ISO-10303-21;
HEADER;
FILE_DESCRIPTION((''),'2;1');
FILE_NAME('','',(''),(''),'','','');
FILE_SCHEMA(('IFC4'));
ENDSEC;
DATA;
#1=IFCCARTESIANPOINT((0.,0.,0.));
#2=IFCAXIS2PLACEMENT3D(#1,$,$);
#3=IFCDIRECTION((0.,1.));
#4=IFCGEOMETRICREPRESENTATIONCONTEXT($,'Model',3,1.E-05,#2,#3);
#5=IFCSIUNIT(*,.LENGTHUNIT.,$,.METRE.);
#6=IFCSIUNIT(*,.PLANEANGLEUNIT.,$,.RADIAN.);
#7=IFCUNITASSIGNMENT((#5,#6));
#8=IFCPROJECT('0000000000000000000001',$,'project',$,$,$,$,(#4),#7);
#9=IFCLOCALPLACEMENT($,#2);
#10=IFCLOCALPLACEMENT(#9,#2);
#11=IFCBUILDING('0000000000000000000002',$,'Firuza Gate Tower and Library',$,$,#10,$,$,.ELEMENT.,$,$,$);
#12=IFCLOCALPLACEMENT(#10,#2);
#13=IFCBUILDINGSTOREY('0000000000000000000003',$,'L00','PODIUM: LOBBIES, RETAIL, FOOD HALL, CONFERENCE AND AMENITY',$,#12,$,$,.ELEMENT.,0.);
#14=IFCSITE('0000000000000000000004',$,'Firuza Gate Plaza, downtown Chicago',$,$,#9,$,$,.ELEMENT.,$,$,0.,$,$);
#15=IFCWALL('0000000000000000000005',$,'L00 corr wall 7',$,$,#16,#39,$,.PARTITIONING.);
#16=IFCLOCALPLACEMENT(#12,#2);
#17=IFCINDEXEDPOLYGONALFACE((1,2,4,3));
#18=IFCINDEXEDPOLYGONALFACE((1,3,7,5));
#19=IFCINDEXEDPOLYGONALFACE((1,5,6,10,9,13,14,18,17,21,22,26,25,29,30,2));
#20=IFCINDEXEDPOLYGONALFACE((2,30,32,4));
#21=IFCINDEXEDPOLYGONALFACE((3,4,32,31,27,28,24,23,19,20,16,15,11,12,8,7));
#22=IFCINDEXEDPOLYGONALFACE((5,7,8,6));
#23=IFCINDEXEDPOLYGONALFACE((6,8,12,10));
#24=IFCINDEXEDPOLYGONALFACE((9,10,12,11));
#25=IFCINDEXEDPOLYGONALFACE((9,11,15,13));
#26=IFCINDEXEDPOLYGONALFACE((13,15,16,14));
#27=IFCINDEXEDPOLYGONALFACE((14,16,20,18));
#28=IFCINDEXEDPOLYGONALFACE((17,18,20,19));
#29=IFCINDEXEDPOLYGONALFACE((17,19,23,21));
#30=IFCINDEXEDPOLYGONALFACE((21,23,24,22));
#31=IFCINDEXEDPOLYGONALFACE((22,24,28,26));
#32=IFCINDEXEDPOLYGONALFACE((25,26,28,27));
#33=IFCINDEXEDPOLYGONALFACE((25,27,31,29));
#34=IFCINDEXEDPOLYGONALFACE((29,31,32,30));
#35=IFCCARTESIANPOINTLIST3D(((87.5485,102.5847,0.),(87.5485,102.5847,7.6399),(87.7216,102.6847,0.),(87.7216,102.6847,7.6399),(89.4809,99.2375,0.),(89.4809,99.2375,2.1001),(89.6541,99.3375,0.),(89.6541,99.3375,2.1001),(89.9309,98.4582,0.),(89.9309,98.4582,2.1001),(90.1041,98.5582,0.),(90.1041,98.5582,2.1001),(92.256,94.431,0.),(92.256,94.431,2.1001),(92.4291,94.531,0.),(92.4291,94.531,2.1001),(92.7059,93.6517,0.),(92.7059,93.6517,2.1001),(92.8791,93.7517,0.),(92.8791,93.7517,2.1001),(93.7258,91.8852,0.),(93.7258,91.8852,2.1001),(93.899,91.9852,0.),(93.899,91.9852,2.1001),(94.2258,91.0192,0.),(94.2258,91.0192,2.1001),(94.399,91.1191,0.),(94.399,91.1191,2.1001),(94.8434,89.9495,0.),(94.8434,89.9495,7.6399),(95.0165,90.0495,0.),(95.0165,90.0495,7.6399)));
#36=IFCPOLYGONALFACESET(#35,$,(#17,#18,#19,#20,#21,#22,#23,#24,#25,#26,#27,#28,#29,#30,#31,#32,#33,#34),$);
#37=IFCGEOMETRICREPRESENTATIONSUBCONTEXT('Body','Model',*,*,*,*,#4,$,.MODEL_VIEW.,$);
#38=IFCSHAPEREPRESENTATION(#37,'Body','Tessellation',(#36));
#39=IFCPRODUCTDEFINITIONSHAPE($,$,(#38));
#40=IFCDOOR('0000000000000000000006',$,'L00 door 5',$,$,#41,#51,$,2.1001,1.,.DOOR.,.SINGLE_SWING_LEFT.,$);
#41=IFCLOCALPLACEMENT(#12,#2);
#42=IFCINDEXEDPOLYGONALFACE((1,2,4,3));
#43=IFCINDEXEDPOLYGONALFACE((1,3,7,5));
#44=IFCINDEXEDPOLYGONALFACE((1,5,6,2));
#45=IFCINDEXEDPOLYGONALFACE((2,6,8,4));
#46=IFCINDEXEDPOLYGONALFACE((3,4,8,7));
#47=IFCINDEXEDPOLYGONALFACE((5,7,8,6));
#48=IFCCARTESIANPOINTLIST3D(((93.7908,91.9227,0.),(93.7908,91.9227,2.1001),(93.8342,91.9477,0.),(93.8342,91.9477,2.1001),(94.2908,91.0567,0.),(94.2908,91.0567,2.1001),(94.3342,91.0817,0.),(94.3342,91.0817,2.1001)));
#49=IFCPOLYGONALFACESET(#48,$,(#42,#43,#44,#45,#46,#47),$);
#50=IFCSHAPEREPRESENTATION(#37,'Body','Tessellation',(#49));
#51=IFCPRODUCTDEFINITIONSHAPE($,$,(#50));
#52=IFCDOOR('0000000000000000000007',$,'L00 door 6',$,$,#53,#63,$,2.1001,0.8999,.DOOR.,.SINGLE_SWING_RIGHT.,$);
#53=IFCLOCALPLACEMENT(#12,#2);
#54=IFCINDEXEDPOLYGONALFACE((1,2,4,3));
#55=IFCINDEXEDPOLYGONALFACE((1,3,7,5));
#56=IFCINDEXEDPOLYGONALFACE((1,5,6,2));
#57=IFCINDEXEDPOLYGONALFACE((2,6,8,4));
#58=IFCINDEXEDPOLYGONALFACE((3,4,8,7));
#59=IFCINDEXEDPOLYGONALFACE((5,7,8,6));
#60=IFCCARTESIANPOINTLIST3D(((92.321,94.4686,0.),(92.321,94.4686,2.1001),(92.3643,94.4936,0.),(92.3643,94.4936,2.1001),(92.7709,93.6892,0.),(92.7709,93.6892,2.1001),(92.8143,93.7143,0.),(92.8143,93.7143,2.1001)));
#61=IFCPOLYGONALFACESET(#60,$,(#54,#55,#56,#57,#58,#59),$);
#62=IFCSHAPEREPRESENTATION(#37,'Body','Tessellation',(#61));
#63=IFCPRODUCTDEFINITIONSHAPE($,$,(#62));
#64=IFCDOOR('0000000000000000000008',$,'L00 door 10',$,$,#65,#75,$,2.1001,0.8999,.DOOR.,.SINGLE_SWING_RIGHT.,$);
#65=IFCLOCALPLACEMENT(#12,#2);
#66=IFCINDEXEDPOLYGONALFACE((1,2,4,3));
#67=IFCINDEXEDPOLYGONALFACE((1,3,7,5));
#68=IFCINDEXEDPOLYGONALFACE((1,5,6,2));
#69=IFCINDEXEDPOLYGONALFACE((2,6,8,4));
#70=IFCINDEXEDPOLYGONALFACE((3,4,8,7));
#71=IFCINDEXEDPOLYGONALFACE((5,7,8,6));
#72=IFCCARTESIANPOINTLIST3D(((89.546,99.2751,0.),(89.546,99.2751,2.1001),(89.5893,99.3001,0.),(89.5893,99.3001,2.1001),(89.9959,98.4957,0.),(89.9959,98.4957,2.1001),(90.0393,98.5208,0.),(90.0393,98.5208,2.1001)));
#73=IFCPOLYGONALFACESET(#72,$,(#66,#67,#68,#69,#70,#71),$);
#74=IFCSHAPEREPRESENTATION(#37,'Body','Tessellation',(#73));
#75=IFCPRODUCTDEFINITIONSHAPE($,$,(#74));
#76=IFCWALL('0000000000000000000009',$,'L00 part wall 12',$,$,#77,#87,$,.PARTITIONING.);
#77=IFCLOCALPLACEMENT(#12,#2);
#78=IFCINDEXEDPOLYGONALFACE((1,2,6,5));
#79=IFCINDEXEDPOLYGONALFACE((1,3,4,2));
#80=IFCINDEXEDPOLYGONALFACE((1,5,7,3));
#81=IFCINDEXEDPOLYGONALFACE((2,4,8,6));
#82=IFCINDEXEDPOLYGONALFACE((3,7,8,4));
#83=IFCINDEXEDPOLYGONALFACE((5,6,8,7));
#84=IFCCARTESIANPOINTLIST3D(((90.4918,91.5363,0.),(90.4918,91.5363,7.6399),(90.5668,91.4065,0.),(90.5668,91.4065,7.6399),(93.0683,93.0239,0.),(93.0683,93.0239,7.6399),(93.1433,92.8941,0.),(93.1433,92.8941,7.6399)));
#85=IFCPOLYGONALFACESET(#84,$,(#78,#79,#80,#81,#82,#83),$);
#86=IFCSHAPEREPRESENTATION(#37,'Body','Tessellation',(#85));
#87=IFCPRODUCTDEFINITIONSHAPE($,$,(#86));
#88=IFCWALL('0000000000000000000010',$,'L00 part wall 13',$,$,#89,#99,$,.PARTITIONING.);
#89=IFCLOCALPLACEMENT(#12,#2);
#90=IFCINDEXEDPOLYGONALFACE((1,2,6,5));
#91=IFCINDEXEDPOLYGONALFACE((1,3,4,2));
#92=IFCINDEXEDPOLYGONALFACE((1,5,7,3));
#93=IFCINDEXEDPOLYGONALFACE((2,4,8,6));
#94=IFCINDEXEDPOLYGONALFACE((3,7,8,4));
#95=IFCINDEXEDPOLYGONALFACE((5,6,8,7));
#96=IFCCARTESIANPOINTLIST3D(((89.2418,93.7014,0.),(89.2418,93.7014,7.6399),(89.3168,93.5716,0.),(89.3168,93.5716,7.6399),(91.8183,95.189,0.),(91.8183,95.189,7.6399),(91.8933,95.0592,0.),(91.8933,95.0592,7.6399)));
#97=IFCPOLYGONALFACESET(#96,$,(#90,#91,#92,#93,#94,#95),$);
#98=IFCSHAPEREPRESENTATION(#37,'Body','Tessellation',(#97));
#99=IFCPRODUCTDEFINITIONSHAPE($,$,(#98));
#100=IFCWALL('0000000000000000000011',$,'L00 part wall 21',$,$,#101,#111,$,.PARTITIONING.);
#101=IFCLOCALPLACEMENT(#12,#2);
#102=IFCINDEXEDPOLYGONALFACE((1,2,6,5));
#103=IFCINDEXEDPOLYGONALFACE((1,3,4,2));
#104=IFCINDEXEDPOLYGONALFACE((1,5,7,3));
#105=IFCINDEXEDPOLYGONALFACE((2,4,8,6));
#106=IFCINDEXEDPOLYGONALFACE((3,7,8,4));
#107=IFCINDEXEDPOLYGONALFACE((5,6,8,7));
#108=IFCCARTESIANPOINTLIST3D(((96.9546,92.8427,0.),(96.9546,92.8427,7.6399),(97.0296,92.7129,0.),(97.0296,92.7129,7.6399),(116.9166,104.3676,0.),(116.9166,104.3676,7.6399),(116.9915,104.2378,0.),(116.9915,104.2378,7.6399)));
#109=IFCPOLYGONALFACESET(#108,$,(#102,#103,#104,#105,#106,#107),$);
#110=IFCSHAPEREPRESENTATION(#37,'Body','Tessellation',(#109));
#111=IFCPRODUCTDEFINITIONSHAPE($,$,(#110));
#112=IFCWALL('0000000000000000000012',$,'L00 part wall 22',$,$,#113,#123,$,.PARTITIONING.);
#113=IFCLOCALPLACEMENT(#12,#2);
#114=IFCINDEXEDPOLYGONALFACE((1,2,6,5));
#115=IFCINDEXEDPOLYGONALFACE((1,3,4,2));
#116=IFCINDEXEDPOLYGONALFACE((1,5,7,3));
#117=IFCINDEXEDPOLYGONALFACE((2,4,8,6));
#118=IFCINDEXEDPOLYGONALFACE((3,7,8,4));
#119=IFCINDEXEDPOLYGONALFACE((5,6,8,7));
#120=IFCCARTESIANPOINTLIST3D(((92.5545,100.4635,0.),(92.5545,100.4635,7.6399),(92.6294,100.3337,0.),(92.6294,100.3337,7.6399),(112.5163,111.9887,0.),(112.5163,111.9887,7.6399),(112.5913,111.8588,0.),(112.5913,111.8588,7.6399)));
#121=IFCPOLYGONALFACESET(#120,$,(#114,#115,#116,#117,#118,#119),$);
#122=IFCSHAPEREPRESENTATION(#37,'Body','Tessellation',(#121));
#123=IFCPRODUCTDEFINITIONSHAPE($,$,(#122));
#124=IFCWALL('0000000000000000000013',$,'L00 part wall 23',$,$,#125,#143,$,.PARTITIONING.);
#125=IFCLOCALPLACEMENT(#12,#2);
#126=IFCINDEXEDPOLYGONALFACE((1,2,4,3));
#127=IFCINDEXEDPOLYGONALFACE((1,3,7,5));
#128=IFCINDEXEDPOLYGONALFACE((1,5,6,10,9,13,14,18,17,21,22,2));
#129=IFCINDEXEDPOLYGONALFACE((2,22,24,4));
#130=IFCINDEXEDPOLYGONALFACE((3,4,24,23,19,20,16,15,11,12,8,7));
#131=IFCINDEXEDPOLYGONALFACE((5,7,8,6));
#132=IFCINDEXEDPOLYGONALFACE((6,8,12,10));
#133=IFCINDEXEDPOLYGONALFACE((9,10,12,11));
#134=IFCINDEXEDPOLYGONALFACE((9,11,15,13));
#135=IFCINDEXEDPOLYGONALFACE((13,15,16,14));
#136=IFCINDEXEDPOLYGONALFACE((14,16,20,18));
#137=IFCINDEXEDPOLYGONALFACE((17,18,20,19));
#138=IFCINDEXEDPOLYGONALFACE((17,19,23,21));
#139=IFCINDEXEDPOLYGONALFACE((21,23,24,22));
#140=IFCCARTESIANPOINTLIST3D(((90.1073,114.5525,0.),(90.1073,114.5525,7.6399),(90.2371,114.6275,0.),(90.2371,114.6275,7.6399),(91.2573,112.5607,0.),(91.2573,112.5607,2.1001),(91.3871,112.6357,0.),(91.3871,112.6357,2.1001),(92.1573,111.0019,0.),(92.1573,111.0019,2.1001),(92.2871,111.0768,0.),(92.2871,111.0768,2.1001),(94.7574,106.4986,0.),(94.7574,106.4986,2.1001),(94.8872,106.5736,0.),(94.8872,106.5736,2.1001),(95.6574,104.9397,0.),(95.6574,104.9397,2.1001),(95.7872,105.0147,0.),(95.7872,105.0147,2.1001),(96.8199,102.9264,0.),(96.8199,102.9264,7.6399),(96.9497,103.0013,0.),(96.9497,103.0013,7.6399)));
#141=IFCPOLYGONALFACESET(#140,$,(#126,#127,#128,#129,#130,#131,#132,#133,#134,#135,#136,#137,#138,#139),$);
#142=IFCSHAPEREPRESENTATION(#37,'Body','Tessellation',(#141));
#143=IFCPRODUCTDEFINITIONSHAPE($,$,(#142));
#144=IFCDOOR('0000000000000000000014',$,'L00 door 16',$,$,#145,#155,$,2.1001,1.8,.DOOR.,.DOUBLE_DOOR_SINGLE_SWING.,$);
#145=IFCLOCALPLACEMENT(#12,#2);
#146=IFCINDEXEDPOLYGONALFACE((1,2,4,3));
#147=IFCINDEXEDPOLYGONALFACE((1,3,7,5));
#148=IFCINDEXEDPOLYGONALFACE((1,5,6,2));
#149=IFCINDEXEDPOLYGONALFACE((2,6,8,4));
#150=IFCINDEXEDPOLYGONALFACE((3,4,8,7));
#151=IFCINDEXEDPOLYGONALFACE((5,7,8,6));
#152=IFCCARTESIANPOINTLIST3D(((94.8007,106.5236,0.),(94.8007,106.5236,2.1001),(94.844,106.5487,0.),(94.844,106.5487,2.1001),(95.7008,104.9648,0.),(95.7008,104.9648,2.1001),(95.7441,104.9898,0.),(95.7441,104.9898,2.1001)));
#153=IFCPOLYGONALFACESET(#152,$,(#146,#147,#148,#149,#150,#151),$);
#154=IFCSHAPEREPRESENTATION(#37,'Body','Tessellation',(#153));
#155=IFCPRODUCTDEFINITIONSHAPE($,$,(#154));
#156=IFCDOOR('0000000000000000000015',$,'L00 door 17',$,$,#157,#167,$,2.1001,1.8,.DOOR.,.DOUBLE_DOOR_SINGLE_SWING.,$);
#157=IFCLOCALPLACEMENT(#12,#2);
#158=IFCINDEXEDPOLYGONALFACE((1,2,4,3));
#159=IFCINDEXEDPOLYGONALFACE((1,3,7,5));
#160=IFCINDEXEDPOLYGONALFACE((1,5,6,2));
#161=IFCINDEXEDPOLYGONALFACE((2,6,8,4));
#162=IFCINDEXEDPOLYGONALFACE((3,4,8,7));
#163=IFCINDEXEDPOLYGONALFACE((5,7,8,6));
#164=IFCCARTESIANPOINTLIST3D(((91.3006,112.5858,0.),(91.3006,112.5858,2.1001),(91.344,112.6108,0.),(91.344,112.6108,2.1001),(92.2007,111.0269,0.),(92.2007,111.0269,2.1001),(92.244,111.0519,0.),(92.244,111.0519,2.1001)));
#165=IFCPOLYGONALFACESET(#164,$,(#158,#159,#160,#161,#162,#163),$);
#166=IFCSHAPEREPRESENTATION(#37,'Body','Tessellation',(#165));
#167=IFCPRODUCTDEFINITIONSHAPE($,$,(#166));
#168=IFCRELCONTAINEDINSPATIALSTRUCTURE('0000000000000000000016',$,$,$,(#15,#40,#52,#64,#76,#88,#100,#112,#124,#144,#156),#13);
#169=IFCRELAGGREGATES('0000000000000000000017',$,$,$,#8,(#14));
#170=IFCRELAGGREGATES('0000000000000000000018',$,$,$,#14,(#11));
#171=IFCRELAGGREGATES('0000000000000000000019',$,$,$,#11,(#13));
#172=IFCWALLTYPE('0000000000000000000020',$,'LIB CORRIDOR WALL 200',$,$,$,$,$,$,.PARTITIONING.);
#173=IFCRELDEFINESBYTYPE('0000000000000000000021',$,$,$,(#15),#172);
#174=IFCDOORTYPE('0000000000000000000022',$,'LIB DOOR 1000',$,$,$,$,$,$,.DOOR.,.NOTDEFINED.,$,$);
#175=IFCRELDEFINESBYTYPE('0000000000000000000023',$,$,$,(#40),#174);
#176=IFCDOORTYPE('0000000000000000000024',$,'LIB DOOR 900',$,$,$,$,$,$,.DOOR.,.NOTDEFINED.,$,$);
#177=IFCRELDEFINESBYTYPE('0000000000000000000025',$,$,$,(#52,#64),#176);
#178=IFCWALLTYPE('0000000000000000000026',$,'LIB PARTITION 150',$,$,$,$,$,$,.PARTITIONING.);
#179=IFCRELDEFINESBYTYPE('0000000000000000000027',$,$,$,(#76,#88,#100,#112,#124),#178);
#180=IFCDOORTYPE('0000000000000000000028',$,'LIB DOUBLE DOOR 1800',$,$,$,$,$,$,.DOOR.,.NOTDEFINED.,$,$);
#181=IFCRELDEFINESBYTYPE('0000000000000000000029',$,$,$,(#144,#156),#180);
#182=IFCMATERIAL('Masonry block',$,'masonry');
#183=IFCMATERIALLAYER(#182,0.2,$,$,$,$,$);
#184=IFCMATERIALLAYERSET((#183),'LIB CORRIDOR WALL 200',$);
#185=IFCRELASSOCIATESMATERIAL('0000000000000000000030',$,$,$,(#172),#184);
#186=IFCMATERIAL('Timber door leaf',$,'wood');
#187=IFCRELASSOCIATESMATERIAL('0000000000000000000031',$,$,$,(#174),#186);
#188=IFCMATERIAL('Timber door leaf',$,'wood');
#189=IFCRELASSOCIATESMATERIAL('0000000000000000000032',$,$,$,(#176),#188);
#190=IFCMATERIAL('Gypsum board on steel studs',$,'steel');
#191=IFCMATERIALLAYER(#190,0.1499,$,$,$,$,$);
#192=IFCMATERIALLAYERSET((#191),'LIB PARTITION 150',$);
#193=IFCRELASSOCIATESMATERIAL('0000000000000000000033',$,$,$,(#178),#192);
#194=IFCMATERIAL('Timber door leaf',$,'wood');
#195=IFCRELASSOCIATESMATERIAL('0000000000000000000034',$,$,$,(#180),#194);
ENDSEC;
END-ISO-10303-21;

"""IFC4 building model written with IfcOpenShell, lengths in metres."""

from ifc_helpers import new_model, si_unit, direction, frame, frame_2d, origin, place, context, subcontext, project, spatial, rectangle, extrude, material, layer, layer_set, type_object, element, fill, save


model = new_model("IFC4")

# Units and contexts
model_context = context("Model", 3, precision=1e-05, world=origin(), true_north=direction((0.0, 1.0)))
body_context = subcontext(model_context, "Body", "Model", "MODEL_VIEW")
ifc_project = project(units=[si_unit("LENGTHUNIT", "METRE"), si_unit("PLANEANGLEUNIT", "RADIAN")], contexts=[model_context])

# Site, building, storey
site_placement = place(None, origin())
site = spatial("IfcSite", under=ifc_project, at=site_placement, Name="Firuza Gate Plaza, downtown Chicago", CompositionType="ELEMENT", RefElevation=0.0)
building_placement = place(site_placement, origin())
building = spatial("IfcBuilding", under=site, at=building_placement, Name="Firuza Gate Tower and Library", CompositionType="ELEMENT")
storey_placement = place(building_placement, origin())
storey = spatial("IfcBuildingStorey", under=building, at=storey_placement, Name="L00", Description="PODIUM: LOBBIES, RETAIL, FOOD HALL, CONFERENCE AND AMENITY", CompositionType="ELEMENT", Elevation=0.0)

# Wall, openings, doors
ifc_material_1 = material(Name="Masonry block", Category="masonry")
ifc_layer_1 = layer(ifc_material_1, 0.2)
ifc_layer_set_1 = layer_set([ifc_layer_1], Name="LIB CORRIDOR WALL 200")
wall_type_1 = type_object("IfcWallType", Name="LIB CORRIDOR WALL 200", PredefinedType="PARTITIONING", material=ifc_layer_set_1)
wall_1_placement = place(storey_placement, frame((94.9299, 89.9995, 0.0), z_axis=(0.0, 0.0, 1.0), x_axis=(-0.499998, 0.866027, 0.0)))
wall_1 = element("IfcWall", 1, at=wall_1_placement, inside=storey, type_object=wall_type_1, Name="L00 corr wall 7", PredefinedType="PARTITIONING", context=body_context, shape_type="SweptSolid", body=[
    extrude(rectangle(XDim=14.5898, YDim=0.2, at=frame_2d((7.2949, 0.0))), origin(), (0.0, 0.0, 1.0), 7.6399),
])
opening_1_placement = place(wall_1_placement, frame((1.2351, 0.0, 0.0)))
opening_1 = element("IfcOpeningElement", 2, at=opening_1_placement, cuts=wall_1, PredefinedType="OPENING", context=body_context, shape_type="SweptSolid", body=[
    extrude(rectangle(XDim=1.0, YDim=2.1001, at=frame_2d((0.5, 1.05))), frame((0.0, 0.1099, 0.0), z_axis=(0.0, -1.0, 0.0), x_axis=(1.0, 0.0, 0.0)), (0.0, 0.0, 1.0), 0.22),
])
opening_2_placement = place(wall_1_placement, frame((4.2749, 0.0, 0.0)))
opening_2 = element("IfcOpeningElement", 3, at=opening_2_placement, cuts=wall_1, PredefinedType="OPENING", context=body_context, shape_type="SweptSolid", body=[
    extrude(rectangle(XDim=0.8999, YDim=2.1001, at=frame_2d((0.45, 1.05))), frame((0.0, 0.1099, 0.0), z_axis=(0.0, -1.0, 0.0), x_axis=(1.0, 0.0, 0.0)), (0.0, 0.0, 1.0), 0.22),
])
opening_3_placement = place(wall_1_placement, frame((9.825, 0.0, 0.0)))
opening_3 = element("IfcOpeningElement", 4, at=opening_3_placement, cuts=wall_1, PredefinedType="OPENING", context=body_context, shape_type="SweptSolid", body=[
    extrude(rectangle(XDim=0.8999, YDim=2.1001, at=frame_2d((0.45, 1.05))), frame((0.0, 0.1099, 0.0), z_axis=(0.0, -1.0, 0.0), x_axis=(1.0, 0.0, 0.0)), (0.0, 0.0, 1.0), 0.22),
])
ifc_material_2 = material(Name="Timber door leaf", Category="wood")
door_type_1 = type_object("IfcDoorType", Name="LIB DOOR 1000", OperationType="NOTDEFINED", PredefinedType="DOOR", material=ifc_material_2)
door_1_placement = place(opening_1_placement, origin())
door_1 = element("IfcDoor", 5, at=door_1_placement, inside=storey, type_object=door_type_1, Name="L00 door 5", OperationType="SINGLE_SWING_LEFT", OverallHeight=2.1001, OverallWidth=1.0, PredefinedType="DOOR", context=body_context, shape_type="SweptSolid", body=[
    extrude(rectangle(XDim=1.0, YDim=2.1001, at=frame_2d((0.5, 1.05))), frame((0.0, 0.0249, 0.0), z_axis=(0.0, -1.0, 0.0), x_axis=(1.0, 0.0, 0.0)), (0.0, 0.0, 1.0), 0.05),
])
fill(opening_1, door_1)
ifc_material_3 = material(Name="Timber door leaf", Category="wood")
door_type_2 = type_object("IfcDoorType", Name="LIB DOOR 900", OperationType="NOTDEFINED", PredefinedType="DOOR", material=ifc_material_3)
door_2_placement = place(opening_2_placement, origin())
door_2 = element("IfcDoor", 6, at=door_2_placement, inside=storey, type_object=door_type_2, Name="L00 door 6", OperationType="SINGLE_SWING_RIGHT", OverallHeight=2.1001, OverallWidth=0.8999, PredefinedType="DOOR", context=body_context, shape_type="SweptSolid", body=[
    extrude(rectangle(XDim=0.8999, YDim=2.1001, at=frame_2d((0.45, 1.05))), frame((0.0, 0.0249, 0.0), z_axis=(0.0, -1.0, 0.0), x_axis=(1.0, 0.0, 0.0)), (0.0, 0.0, 1.0), 0.05),
])
fill(opening_2, door_2)
door_3_placement = place(opening_3_placement, origin())
door_3 = element("IfcDoor", 7, at=door_3_placement, inside=storey, type_object=door_type_2, Name="L00 door 10", OperationType="SINGLE_SWING_RIGHT", OverallHeight=2.1001, OverallWidth=0.8999, PredefinedType="DOOR", context=body_context, shape_type="SweptSolid", body=[
    extrude(rectangle(XDim=0.8999, YDim=2.1001, at=frame_2d((0.45, 1.05))), frame((0.0, 0.0249, 0.0), z_axis=(0.0, -1.0, 0.0), x_axis=(1.0, 0.0, 0.0)), (0.0, 0.0, 1.0), 0.05),
])
fill(opening_3, door_3)

# Walls
ifc_material_4 = material(Name="Gypsum board on steel studs", Category="steel")
ifc_layer_2 = layer(ifc_material_4, 0.1499)
ifc_layer_set_2 = layer_set([ifc_layer_2], Name="LIB PARTITION 150")
wall_type_2 = type_object("IfcWallType", Name="LIB PARTITION 150", PredefinedType="PARTITIONING", material=ifc_layer_set_2)
for number, where, z_axis, x_axis, name in (
    (8, (90.5293, 91.4714, 0.0), (0.0, 0.0, 1.0), (0.866017, 0.500014, 0.0), "L00 part wall 12"),
    (9, (89.2793, 93.6365, 0.0), (0.0, 0.0, 1.0), (0.866017, 0.500014, 0.0), "L00 part wall 13"),
):
    element("IfcWall", number, at=place(storey_placement, frame(where, z_axis=z_axis, x_axis=x_axis)), inside=storey, type_object=wall_type_2, Name=name, PredefinedType="PARTITIONING", context=body_context, shape_type="SweptSolid", body=[
        extrude(rectangle(XDim=2.9751, YDim=0.1499, at=frame_2d((1.4875, 0.0))), origin(), (0.0, 0.0, 1.0), 7.6399),
    ])
for number, where, z_axis, x_axis, name in (
    (10, (96.9922, 92.7778, 0.0), (0.0, 0.0, 1.0), (0.866028, 0.499996, 0.0), "L00 part wall 21"),
    (11, (92.592, 100.3987, 0.0), (0.0, 0.0, 1.0), (0.866023, 0.500004, 0.0), "L00 part wall 22"),
):
    element("IfcWall", number, at=place(storey_placement, frame(where, z_axis=z_axis, x_axis=x_axis)), inside=storey, type_object=wall_type_2, Name=name, PredefinedType="PARTITIONING", context=body_context, shape_type="SweptSolid", body=[
        extrude(rectangle(XDim=23.05, YDim=0.1499, at=frame_2d((11.5249, 0.0))), origin(), (0.0, 0.0, 1.0), 7.6399),
    ])

# Wall, openings, doors
wall_2_placement = place(storey_placement, frame((96.8848, 102.9639, 0.0), z_axis=(0.0, 0.0, 1.0), x_axis=(-0.500014, 0.866018, 0.0)))
wall_2 = element("IfcWall", 12, at=wall_2_placement, inside=storey, type_object=wall_type_2, Name="L00 part wall 23", PredefinedType="PARTITIONING", context=body_context, shape_type="SweptSolid", body=[
    extrude(rectangle(XDim=13.4248, YDim=0.1499, at=frame_2d((6.7124, 0.0))), origin(), (0.0, 0.0, 1.0), 7.6399),
])
opening_4_placement = place(wall_2_placement, frame((2.325, 0.0, 0.0)))
opening_4 = element("IfcOpeningElement", 13, at=opening_4_placement, cuts=wall_2, PredefinedType="OPENING", context=body_context, shape_type="SweptSolid", body=[
    extrude(rectangle(XDim=1.8, YDim=2.1001, at=frame_2d((0.8999, 1.05))), frame((0.0, 0.085, 0.0), z_axis=(0.0, -1.0, 0.0), x_axis=(1.0, 0.0, 0.0)), (0.0, 0.0, 1.0), 0.1699),
])
opening_5_placement = place(wall_2_placement, frame((9.325, 0.0, 0.0)))
opening_5 = element("IfcOpeningElement", 14, at=opening_5_placement, cuts=wall_2, PredefinedType="OPENING", context=body_context, shape_type="SweptSolid", body=[
    extrude(rectangle(XDim=1.8, YDim=2.1001, at=frame_2d((0.8999, 1.05))), frame((0.0, 0.085, 0.0), z_axis=(0.0, -1.0, 0.0), x_axis=(1.0, 0.0, 0.0)), (0.0, 0.0, 1.0), 0.1699),
])
ifc_material_5 = material(Name="Timber door leaf", Category="wood")
door_type_3 = type_object("IfcDoorType", Name="LIB DOUBLE DOOR 1800", OperationType="NOTDEFINED", PredefinedType="DOOR", material=ifc_material_5)
door_4_placement = place(opening_4_placement, origin())
door_4 = element("IfcDoor", 15, at=door_4_placement, inside=storey, type_object=door_type_3, Name="L00 door 16", OperationType="DOUBLE_DOOR_SINGLE_SWING", OverallHeight=2.1001, OverallWidth=1.8, PredefinedType="DOOR", context=body_context, shape_type="SweptSolid", body=[
    extrude(rectangle(XDim=1.8, YDim=2.1001, at=frame_2d((0.8999, 1.05))), frame((0.0, 0.0249, 0.0), z_axis=(0.0, -1.0, 0.0), x_axis=(1.0, 0.0, 0.0)), (0.0, 0.0, 1.0), 0.05),
])
fill(opening_4, door_4)
door_5_placement = place(opening_5_placement, origin())
door_5 = element("IfcDoor", 16, at=door_5_placement, inside=storey, type_object=door_type_3, Name="L00 door 17", OperationType="DOUBLE_DOOR_SINGLE_SWING", OverallHeight=2.1001, OverallWidth=1.8, PredefinedType="DOOR", context=body_context, shape_type="SweptSolid", body=[
    extrude(rectangle(XDim=1.8, YDim=2.1001, at=frame_2d((0.8999, 1.05))), frame((0.0, 0.0249, 0.0), z_axis=(0.0, -1.0, 0.0), x_axis=(1.0, 0.0, 0.0)), (0.0, 0.0, 1.0), 0.05),
])
fill(opening_5, door_5)

save(model, "model.ifc")
